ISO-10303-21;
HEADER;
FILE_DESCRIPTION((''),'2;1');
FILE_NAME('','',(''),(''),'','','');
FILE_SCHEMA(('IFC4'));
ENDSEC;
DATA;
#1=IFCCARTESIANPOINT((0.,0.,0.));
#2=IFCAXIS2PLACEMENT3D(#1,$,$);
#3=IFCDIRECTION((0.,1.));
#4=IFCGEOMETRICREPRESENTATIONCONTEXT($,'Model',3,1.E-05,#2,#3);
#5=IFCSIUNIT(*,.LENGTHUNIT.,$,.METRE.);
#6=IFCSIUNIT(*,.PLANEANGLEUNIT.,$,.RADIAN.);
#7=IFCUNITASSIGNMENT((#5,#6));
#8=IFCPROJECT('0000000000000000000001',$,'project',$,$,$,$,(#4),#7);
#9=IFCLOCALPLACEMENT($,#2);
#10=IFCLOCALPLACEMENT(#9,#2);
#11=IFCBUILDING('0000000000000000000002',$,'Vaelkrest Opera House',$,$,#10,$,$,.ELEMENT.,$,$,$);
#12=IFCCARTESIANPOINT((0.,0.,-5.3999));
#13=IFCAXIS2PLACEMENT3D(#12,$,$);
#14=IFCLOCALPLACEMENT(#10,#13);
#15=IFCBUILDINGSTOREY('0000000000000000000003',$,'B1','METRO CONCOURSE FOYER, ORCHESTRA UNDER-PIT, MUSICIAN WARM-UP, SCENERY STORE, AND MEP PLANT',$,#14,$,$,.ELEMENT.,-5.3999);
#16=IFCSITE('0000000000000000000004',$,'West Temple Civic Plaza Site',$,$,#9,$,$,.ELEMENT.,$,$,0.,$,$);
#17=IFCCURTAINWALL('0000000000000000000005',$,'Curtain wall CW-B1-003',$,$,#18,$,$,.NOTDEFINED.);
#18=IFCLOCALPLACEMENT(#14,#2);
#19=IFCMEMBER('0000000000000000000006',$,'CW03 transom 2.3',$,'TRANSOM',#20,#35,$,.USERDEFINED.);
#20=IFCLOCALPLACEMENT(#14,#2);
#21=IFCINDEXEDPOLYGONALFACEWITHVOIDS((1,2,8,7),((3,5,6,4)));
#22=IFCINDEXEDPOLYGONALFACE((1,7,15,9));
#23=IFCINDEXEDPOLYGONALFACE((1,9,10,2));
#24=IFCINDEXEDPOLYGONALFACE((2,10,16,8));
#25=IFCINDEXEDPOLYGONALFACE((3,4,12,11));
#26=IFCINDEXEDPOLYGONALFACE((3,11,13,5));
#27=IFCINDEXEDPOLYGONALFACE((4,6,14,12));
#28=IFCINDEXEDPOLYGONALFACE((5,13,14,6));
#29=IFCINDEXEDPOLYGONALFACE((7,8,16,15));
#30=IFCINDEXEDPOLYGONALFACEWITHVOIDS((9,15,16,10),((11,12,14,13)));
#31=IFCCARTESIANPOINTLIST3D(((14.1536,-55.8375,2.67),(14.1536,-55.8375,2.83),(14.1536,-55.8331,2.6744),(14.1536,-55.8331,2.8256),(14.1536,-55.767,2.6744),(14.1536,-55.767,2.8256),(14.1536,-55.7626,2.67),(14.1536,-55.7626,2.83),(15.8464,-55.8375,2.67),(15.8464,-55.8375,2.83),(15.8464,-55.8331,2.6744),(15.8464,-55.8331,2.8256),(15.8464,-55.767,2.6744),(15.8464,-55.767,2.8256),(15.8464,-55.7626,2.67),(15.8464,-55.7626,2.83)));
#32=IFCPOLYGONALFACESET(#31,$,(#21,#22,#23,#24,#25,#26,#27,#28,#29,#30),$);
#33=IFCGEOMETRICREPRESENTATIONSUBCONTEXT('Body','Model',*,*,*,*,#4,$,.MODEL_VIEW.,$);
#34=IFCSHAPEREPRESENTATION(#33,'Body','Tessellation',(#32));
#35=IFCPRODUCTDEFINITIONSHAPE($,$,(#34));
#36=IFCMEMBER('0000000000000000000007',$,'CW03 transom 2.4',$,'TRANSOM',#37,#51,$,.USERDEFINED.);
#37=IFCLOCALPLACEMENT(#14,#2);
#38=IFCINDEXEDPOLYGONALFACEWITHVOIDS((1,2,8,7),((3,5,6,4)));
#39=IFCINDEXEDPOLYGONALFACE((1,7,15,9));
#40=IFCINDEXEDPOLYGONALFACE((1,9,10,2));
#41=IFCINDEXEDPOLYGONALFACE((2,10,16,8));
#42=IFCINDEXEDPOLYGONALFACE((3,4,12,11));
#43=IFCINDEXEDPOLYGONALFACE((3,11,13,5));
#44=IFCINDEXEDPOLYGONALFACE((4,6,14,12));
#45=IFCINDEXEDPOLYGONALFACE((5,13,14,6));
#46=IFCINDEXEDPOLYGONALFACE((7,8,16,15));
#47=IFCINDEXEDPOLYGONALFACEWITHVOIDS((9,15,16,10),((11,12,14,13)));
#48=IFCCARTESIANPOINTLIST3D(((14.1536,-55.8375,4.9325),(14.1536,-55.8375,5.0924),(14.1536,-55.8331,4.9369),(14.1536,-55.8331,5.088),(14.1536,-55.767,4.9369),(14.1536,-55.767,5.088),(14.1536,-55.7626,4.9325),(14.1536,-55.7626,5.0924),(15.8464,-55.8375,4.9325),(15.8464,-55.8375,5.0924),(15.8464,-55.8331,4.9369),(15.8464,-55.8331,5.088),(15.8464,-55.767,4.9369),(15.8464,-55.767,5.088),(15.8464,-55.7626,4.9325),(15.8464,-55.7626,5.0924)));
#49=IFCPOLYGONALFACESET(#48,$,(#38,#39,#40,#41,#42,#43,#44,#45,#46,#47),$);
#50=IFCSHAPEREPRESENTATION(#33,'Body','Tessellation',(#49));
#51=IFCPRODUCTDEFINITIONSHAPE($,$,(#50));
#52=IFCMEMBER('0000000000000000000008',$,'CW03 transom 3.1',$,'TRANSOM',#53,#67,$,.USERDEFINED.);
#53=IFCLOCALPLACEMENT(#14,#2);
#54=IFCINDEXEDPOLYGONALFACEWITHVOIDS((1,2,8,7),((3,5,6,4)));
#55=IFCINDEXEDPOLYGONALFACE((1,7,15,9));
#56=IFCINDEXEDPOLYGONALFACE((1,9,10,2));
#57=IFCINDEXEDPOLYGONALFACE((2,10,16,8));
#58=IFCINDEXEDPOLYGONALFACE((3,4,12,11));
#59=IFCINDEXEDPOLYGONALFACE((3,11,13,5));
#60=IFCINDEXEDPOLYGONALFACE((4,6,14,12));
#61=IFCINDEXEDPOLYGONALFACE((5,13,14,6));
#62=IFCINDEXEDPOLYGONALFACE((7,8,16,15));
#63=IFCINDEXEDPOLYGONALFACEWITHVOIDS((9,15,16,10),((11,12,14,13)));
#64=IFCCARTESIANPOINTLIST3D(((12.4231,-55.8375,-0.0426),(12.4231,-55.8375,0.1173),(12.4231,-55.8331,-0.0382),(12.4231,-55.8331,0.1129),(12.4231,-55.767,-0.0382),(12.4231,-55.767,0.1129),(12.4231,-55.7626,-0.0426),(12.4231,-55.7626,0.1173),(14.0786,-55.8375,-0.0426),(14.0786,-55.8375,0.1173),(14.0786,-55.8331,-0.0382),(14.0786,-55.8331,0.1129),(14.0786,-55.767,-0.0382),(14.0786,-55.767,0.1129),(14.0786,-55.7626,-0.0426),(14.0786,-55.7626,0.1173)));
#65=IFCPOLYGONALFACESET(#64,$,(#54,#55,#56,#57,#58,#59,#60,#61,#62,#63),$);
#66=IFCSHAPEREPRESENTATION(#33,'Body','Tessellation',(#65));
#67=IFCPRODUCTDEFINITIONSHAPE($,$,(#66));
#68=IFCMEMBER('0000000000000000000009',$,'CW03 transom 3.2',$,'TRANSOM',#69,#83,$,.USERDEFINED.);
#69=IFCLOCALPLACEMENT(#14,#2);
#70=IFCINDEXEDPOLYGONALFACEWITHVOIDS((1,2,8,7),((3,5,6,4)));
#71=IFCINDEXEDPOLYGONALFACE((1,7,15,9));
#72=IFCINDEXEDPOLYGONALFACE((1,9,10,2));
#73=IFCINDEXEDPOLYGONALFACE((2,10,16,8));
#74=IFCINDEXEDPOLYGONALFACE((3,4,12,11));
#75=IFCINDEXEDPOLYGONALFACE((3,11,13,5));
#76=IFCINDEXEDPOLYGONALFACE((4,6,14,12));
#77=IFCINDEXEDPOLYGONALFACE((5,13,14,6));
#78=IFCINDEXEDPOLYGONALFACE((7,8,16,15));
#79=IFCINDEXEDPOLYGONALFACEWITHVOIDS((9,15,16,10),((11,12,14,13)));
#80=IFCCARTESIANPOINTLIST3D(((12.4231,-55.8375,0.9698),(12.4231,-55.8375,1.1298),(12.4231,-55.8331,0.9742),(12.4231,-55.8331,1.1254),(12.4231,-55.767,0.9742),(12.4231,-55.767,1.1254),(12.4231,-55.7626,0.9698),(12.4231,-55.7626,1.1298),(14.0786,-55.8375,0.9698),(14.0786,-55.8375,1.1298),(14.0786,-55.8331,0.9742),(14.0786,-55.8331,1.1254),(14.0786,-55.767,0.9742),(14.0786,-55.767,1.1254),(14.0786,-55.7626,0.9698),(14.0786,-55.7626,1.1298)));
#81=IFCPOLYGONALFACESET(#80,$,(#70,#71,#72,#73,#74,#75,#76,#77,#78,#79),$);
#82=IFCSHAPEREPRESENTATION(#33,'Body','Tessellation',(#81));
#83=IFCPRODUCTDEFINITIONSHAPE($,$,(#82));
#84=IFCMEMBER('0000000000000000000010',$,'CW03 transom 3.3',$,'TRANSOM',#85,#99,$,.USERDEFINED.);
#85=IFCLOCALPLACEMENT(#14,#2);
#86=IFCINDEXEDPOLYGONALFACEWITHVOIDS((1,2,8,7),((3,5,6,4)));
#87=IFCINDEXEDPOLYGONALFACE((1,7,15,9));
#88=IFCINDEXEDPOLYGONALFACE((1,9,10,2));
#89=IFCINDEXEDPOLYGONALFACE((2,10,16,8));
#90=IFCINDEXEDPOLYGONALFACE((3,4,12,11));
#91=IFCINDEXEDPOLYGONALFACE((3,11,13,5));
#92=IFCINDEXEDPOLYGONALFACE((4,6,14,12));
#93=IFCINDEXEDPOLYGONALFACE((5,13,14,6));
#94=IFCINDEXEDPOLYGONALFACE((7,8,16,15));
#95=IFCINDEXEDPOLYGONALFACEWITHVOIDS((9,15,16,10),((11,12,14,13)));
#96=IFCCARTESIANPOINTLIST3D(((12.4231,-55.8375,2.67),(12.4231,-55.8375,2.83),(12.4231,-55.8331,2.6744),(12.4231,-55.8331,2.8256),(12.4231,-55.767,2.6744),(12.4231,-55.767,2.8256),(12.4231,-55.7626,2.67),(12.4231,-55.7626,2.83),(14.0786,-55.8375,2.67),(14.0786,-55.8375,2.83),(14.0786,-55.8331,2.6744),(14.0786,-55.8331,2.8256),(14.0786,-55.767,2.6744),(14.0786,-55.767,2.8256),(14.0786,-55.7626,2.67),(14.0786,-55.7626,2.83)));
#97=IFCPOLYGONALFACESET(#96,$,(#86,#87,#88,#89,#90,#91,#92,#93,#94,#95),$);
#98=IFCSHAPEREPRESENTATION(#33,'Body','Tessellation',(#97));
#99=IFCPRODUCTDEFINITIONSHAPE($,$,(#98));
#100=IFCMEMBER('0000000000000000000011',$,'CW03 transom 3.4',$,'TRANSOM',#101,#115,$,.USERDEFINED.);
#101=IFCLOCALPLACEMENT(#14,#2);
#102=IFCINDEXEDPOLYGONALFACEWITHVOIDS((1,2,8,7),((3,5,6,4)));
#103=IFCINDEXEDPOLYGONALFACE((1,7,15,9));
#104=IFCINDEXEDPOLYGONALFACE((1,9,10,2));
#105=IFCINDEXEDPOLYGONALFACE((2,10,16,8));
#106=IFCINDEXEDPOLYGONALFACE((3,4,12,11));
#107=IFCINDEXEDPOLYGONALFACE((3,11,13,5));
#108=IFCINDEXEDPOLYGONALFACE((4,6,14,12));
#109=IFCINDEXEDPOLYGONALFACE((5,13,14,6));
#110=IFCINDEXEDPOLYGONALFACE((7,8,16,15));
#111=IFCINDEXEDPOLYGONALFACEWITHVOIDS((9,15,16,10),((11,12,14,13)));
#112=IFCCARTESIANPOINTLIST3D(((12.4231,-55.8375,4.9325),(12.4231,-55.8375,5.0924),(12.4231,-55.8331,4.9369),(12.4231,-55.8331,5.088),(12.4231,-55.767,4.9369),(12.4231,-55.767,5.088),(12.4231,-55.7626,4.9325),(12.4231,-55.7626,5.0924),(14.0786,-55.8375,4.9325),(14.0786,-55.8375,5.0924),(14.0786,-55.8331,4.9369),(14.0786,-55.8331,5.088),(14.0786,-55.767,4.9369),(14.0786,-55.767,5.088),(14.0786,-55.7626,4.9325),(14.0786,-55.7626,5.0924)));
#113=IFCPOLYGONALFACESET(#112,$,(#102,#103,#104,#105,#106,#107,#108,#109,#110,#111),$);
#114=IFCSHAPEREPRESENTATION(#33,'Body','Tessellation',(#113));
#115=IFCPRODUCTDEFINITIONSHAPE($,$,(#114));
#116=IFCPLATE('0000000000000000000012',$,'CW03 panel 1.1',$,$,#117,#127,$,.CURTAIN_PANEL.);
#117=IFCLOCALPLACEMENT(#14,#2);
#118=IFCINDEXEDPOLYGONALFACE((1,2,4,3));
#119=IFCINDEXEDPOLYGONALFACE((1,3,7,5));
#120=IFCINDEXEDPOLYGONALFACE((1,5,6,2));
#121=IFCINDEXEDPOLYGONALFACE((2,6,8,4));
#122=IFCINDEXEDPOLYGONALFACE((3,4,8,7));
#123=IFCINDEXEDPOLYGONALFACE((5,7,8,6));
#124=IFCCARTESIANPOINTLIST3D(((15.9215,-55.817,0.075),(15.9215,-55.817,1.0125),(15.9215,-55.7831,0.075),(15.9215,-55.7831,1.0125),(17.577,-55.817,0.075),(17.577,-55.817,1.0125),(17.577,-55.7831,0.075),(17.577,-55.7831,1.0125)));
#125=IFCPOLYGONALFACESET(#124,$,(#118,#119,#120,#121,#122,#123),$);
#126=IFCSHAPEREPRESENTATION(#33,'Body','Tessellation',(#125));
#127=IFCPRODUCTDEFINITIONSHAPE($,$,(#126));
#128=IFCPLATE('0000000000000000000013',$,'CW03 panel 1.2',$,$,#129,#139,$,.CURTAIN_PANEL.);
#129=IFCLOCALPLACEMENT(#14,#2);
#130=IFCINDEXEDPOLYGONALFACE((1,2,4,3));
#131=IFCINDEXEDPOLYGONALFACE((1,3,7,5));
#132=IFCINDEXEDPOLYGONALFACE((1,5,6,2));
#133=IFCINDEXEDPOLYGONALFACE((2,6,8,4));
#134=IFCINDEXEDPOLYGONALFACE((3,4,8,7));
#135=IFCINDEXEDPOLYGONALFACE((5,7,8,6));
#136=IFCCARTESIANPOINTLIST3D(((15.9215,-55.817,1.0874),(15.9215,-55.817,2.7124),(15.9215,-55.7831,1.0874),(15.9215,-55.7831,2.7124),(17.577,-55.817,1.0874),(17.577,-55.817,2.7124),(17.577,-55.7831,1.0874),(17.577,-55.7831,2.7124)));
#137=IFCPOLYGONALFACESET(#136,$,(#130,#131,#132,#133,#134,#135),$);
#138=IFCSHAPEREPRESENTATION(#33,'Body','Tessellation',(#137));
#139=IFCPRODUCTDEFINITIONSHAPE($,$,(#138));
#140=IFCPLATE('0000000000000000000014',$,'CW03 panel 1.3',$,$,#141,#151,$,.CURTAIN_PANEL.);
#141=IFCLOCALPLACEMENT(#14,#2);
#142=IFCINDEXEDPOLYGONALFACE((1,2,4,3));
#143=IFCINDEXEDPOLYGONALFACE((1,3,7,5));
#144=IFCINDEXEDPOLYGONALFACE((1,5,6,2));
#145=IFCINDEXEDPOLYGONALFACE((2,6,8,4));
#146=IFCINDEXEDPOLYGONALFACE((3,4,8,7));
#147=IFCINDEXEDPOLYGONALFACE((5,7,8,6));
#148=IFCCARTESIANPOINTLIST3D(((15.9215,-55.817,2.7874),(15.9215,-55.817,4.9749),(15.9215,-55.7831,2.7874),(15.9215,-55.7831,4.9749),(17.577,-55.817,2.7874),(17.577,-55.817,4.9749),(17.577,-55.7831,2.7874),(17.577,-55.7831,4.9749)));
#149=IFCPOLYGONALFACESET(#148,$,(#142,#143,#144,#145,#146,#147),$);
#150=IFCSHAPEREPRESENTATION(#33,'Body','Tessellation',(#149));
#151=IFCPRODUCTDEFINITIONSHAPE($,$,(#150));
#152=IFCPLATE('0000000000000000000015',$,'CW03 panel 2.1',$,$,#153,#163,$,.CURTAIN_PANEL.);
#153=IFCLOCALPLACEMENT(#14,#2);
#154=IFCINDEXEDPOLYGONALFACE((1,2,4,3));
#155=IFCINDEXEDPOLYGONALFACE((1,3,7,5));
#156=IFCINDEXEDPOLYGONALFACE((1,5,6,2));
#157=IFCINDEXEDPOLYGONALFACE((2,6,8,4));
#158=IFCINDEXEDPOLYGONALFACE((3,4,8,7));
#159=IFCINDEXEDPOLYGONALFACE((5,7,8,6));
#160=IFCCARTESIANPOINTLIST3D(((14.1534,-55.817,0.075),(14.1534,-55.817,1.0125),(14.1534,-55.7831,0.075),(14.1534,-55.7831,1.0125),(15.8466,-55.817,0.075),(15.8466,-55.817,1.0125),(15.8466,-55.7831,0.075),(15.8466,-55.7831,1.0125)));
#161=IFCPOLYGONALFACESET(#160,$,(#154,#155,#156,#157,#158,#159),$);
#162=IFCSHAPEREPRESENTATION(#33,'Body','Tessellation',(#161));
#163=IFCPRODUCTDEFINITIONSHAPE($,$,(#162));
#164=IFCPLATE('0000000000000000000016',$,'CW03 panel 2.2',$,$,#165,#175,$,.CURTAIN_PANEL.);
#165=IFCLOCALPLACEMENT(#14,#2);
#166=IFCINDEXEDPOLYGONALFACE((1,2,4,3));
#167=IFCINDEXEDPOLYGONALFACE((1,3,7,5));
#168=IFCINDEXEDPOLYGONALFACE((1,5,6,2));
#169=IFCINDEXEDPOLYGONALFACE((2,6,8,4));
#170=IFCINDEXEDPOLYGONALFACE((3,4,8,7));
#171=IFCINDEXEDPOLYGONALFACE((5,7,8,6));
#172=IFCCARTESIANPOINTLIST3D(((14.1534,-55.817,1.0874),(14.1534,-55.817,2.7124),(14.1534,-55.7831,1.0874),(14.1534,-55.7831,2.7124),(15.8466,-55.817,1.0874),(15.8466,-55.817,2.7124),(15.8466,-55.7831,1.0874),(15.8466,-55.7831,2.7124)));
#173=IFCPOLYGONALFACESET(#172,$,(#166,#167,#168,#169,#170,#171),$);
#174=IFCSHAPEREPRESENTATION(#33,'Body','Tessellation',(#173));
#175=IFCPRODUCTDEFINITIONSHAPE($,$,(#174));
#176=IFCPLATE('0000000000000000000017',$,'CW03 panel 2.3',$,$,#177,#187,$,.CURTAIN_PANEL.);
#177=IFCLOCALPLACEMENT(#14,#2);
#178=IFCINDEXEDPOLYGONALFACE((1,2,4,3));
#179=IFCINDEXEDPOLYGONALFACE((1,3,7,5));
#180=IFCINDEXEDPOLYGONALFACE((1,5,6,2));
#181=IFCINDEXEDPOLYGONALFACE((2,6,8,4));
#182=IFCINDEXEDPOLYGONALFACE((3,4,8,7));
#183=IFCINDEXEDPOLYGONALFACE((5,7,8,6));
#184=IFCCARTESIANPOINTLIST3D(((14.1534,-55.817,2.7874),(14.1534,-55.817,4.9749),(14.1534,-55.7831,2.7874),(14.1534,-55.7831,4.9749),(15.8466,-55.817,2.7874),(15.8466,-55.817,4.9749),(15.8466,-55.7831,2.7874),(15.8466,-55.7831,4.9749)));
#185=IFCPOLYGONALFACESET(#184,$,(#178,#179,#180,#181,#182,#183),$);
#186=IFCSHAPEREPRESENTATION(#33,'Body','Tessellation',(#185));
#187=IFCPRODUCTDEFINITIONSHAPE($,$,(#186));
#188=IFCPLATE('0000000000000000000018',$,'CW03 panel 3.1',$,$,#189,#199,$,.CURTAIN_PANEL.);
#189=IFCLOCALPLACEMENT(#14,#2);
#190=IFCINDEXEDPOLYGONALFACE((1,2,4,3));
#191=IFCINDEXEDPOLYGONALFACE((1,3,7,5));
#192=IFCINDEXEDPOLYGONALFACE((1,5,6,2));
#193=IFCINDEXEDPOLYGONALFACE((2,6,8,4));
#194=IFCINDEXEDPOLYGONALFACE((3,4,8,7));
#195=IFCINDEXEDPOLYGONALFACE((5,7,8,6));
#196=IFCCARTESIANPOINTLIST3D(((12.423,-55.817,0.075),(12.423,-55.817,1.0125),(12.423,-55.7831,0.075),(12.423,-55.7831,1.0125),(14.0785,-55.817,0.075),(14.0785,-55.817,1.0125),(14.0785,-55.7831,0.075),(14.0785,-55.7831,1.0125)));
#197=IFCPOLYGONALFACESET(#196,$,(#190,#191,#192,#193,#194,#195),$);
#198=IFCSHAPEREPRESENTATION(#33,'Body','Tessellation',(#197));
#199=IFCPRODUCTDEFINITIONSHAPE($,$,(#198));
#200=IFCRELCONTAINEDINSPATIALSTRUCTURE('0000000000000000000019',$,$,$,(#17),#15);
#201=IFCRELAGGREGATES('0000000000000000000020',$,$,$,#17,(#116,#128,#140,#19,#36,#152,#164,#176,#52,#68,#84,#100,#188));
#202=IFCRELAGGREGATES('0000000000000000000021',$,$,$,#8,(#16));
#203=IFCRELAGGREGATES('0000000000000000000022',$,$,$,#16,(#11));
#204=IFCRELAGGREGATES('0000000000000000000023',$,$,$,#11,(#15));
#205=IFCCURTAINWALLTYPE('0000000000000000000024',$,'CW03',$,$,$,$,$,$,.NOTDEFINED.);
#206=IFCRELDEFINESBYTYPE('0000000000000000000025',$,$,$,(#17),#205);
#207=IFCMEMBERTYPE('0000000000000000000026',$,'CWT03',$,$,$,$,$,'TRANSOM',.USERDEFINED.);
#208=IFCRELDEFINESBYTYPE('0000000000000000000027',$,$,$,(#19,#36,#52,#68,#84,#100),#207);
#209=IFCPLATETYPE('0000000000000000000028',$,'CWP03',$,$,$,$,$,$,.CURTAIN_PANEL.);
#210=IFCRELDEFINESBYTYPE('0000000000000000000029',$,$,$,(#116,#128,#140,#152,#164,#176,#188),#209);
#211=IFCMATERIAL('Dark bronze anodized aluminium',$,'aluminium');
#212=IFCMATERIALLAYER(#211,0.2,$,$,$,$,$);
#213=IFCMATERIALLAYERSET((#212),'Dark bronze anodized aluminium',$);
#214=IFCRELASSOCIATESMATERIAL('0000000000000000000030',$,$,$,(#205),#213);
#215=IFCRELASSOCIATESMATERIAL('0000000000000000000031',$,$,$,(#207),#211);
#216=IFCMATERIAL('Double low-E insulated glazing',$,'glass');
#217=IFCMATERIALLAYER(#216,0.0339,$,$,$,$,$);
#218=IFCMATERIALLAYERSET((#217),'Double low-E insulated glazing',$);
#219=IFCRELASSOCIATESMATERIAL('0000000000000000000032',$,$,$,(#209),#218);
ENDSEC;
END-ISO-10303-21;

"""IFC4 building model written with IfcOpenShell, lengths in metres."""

from ifc_helpers import new_model, si_unit, direction, frame, origin, origin_2d, place, context, subcontext, project, spatial, rectangle, hollow_rectangle, extrude, material, layer, layer_set, material_profile, profile_set, type_object, element, aggregate, save


model = new_model("IFC4")

# Units and contexts
model_context = context("Model", 3, precision=1e-05, world=origin(), true_north=direction((0.0, 1.0)))
body_context = subcontext(model_context, "Body", "Model", "MODEL_VIEW")
ifc_project = project(units=[si_unit("LENGTHUNIT", "METRE"), si_unit("PLANEANGLEUNIT", "RADIAN")], contexts=[model_context])

# Site, building, storey
site_placement = place(None, origin())
site = spatial("IfcSite", under=ifc_project, at=site_placement, Name="West Temple Civic Plaza Site", CompositionType="ELEMENT", RefElevation=0.0)
building_placement = place(site_placement, origin())
building = spatial("IfcBuilding", under=site, at=building_placement, Name="Vaelkrest Opera House", CompositionType="ELEMENT")
storey_placement = place(building_placement, frame((0.0, 0.0, -5.3999)))
storey = spatial("IfcBuildingStorey", under=building, at=storey_placement, Name="B1", Description="METRO CONCOURSE FOYER, ORCHESTRA UNDER-PIT, MUSICIAN WARM-UP, SCENERY STORE, AND MEP PLANT", CompositionType="ELEMENT", Elevation=-5.3999)

# Curtain wall, members, plates
ifc_material_1 = material(Name="Dark bronze anodized aluminium", Category="aluminium")
ifc_layer_1 = layer(ifc_material_1, 0.2)
ifc_layer_set_1 = layer_set([ifc_layer_1], Name="Dark bronze anodized aluminium")
curtain_wall_type = type_object("IfcCurtainWallType", Name="CW03", PredefinedType="NOTDEFINED", material=ifc_layer_set_1)
curtain_wall_placement = place(storey_placement, origin())
curtain_wall = element("IfcCurtainWall", 1, at=curtain_wall_placement, inside=storey, type_object=curtain_wall_type, Name="Curtain wall CW-B1-003", PredefinedType="NOTDEFINED")
ifc_material_profile_1 = material_profile(ifc_material_1, hollow_rectangle(XDim=0.075, YDim=0.1599, WallThickness=0.0044, at=origin_2d()), Name="CWT75X160")
ifc_profile_set_1 = profile_set([ifc_material_profile_1], Name="Dark bronze anodized aluminium")
member_type_1 = type_object("IfcMemberType", Name="CWT03", ElementType="TRANSOM", PredefinedType="USERDEFINED", material=ifc_profile_set_1)
member_1_placement = place(storey_placement, frame((15.8464, -55.8, 2.75), z_axis=(-1.0, 0.0, 0.0), x_axis=(0.0, -1.0, 0.0)))
member_1 = element("IfcMember", 2, at=member_1_placement, type_object=member_type_1, Name="CW03 transom 2.3", ObjectType="TRANSOM", PredefinedType="USERDEFINED", context=body_context, shape_type="SweptSolid", body=[
    extrude(hollow_rectangle(XDim=0.075, YDim=0.1599, WallThickness=0.0044, at=origin_2d()), origin(), (0.0, 0.0, 1.0), 1.6929),
])
member_2_placement = place(storey_placement, frame((15.8464, -55.8, 5.0125), z_axis=(-1.0, 0.0, 0.0), x_axis=(0.0, -1.0, 0.0)))
member_2 = element("IfcMember", 3, at=member_2_placement, type_object=member_type_1, Name="CW03 transom 2.4", ObjectType="TRANSOM", PredefinedType="USERDEFINED", context=body_context, shape_type="SweptSolid", body=[
    extrude(hollow_rectangle(XDim=0.075, YDim=0.1599, WallThickness=0.0044, at=origin_2d()), origin(), (0.0, 0.0, 1.0), 1.6929),
])
member_3_placement = place(storey_placement, frame((14.0786, -55.8, 0.0374), z_axis=(-1.0, 0.0, 0.0), x_axis=(0.0, -1.0, 0.0)))
member_3 = element("IfcMember", 4, at=member_3_placement, type_object=member_type_1, Name="CW03 transom 3.1", ObjectType="TRANSOM", PredefinedType="USERDEFINED", context=body_context, shape_type="SweptSolid", body=[
    extrude(hollow_rectangle(XDim=0.075, YDim=0.1599, WallThickness=0.0044, at=origin_2d()), origin(), (0.0, 0.0, 1.0), 1.6555),
])
member_4_placement = place(storey_placement, frame((14.0786, -55.8, 1.0498), z_axis=(-1.0, 0.0, 0.0), x_axis=(0.0, -1.0, 0.0)))
member_4 = element("IfcMember", 5, at=member_4_placement, type_object=member_type_1, Name="CW03 transom 3.2", ObjectType="TRANSOM", PredefinedType="USERDEFINED", context=body_context, shape_type="SweptSolid", body=[
    extrude(hollow_rectangle(XDim=0.075, YDim=0.1599, WallThickness=0.0044, at=origin_2d()), origin(), (0.0, 0.0, 1.0), 1.6555),
])
member_5_placement = place(storey_placement, frame((14.0786, -55.8, 2.75), z_axis=(-1.0, 0.0, 0.0), x_axis=(0.0, -1.0, 0.0)))
member_5 = element("IfcMember", 6, at=member_5_placement, type_object=member_type_1, Name="CW03 transom 3.3", ObjectType="TRANSOM", PredefinedType="USERDEFINED", context=body_context, shape_type="SweptSolid", body=[
    extrude(hollow_rectangle(XDim=0.075, YDim=0.1599, WallThickness=0.0044, at=origin_2d()), origin(), (0.0, 0.0, 1.0), 1.6555),
])
member_6_placement = place(storey_placement, frame((14.0786, -55.8, 5.0125), z_axis=(-1.0, 0.0, 0.0), x_axis=(0.0, -1.0, 0.0)))
member_6 = element("IfcMember", 7, at=member_6_placement, type_object=member_type_1, Name="CW03 transom 3.4", ObjectType="TRANSOM", PredefinedType="USERDEFINED", context=body_context, shape_type="SweptSolid", body=[
    extrude(hollow_rectangle(XDim=0.075, YDim=0.1599, WallThickness=0.0044, at=origin_2d()), origin(), (0.0, 0.0, 1.0), 1.6555),
])
ifc_material_2 = material(Name="Double low-E insulated glazing", Category="glass")
ifc_layer_2 = layer(ifc_material_2, 0.0339)
ifc_layer_set_2 = layer_set([ifc_layer_2], Name="Double low-E insulated glazing")
plate_type = type_object("IfcPlateType", Name="CWP03", PredefinedType="CURTAIN_PANEL", material=ifc_layer_set_2)
plate_1_placement = place(storey_placement, frame((16.7493, -55.8, 0.075), z_axis=(0.0, 0.0, 1.0), x_axis=(-1.0, 0.0, 0.0)))
plate_1 = element("IfcPlate", 8, at=plate_1_placement, type_object=plate_type, Name="CW03 panel 1.1", PredefinedType="CURTAIN_PANEL", context=body_context, shape_type="SweptSolid", body=[
    extrude(rectangle(XDim=1.6555, YDim=0.0339, at=origin_2d()), origin(), (0.0, 0.0, 1.0), 0.9375),
])
plate_2_placement = place(storey_placement, frame((16.7493, -55.8, 1.0874), z_axis=(0.0, 0.0, 1.0), x_axis=(-1.0, 0.0, 0.0)))
plate_2 = element("IfcPlate", 9, at=plate_2_placement, type_object=plate_type, Name="CW03 panel 1.2", PredefinedType="CURTAIN_PANEL", context=body_context, shape_type="SweptSolid", body=[
    extrude(rectangle(XDim=1.6555, YDim=0.0339, at=origin_2d()), origin(), (0.0, 0.0, 1.0), 1.625),
])
plate_3_placement = place(storey_placement, frame((16.7493, -55.8, 2.7874), z_axis=(0.0, 0.0, 1.0), x_axis=(-1.0, 0.0, 0.0)))
plate_3 = element("IfcPlate", 10, at=plate_3_placement, type_object=plate_type, Name="CW03 panel 1.3", PredefinedType="CURTAIN_PANEL", context=body_context, shape_type="SweptSolid", body=[
    extrude(rectangle(XDim=1.6555, YDim=0.0339, at=origin_2d()), origin(), (0.0, 0.0, 1.0), 2.1875),
])
plate_4_placement = place(storey_placement, frame((15.0, -55.8, 0.075), z_axis=(0.0, 0.0, 1.0), x_axis=(-1.0, 0.0, 0.0)))
plate_4 = element("IfcPlate", 11, at=plate_4_placement, type_object=plate_type, Name="CW03 panel 2.1", PredefinedType="CURTAIN_PANEL", context=body_context, shape_type="SweptSolid", body=[
    extrude(rectangle(XDim=1.6931, YDim=0.0339, at=origin_2d()), origin(), (0.0, 0.0, 1.0), 0.9375),
])
plate_5_placement = place(storey_placement, frame((15.0, -55.8, 1.0874), z_axis=(0.0, 0.0, 1.0), x_axis=(-1.0, 0.0, 0.0)))
plate_5 = element("IfcPlate", 12, at=plate_5_placement, type_object=plate_type, Name="CW03 panel 2.2", PredefinedType="CURTAIN_PANEL", context=body_context, shape_type="SweptSolid", body=[
    extrude(rectangle(XDim=1.6931, YDim=0.0339, at=origin_2d()), origin(), (0.0, 0.0, 1.0), 1.625),
])
plate_6_placement = place(storey_placement, frame((15.0, -55.8, 2.7874), z_axis=(0.0, 0.0, 1.0), x_axis=(-1.0, 0.0, 0.0)))
plate_6 = element("IfcPlate", 13, at=plate_6_placement, type_object=plate_type, Name="CW03 panel 2.3", PredefinedType="CURTAIN_PANEL", context=body_context, shape_type="SweptSolid", body=[
    extrude(rectangle(XDim=1.6931, YDim=0.0339, at=origin_2d()), origin(), (0.0, 0.0, 1.0), 2.1875),
])
plate_7_placement = place(storey_placement, frame((13.2507, -55.8, 0.075), z_axis=(0.0, 0.0, 1.0), x_axis=(-1.0, 0.0, 0.0)))
plate_7 = element("IfcPlate", 14, at=plate_7_placement, type_object=plate_type, Name="CW03 panel 3.1", PredefinedType="CURTAIN_PANEL", context=body_context, shape_type="SweptSolid", body=[
    extrude(rectangle(XDim=1.6555, YDim=0.0339, at=origin_2d()), origin(), (0.0, 0.0, 1.0), 0.9375),
])
aggregate(curtain_wall, [plate_1, plate_2, plate_3, member_1, member_2, plate_4, plate_5, plate_6, member_3, member_4, member_5, member_6, plate_7])

save(model, "model.ifc")
